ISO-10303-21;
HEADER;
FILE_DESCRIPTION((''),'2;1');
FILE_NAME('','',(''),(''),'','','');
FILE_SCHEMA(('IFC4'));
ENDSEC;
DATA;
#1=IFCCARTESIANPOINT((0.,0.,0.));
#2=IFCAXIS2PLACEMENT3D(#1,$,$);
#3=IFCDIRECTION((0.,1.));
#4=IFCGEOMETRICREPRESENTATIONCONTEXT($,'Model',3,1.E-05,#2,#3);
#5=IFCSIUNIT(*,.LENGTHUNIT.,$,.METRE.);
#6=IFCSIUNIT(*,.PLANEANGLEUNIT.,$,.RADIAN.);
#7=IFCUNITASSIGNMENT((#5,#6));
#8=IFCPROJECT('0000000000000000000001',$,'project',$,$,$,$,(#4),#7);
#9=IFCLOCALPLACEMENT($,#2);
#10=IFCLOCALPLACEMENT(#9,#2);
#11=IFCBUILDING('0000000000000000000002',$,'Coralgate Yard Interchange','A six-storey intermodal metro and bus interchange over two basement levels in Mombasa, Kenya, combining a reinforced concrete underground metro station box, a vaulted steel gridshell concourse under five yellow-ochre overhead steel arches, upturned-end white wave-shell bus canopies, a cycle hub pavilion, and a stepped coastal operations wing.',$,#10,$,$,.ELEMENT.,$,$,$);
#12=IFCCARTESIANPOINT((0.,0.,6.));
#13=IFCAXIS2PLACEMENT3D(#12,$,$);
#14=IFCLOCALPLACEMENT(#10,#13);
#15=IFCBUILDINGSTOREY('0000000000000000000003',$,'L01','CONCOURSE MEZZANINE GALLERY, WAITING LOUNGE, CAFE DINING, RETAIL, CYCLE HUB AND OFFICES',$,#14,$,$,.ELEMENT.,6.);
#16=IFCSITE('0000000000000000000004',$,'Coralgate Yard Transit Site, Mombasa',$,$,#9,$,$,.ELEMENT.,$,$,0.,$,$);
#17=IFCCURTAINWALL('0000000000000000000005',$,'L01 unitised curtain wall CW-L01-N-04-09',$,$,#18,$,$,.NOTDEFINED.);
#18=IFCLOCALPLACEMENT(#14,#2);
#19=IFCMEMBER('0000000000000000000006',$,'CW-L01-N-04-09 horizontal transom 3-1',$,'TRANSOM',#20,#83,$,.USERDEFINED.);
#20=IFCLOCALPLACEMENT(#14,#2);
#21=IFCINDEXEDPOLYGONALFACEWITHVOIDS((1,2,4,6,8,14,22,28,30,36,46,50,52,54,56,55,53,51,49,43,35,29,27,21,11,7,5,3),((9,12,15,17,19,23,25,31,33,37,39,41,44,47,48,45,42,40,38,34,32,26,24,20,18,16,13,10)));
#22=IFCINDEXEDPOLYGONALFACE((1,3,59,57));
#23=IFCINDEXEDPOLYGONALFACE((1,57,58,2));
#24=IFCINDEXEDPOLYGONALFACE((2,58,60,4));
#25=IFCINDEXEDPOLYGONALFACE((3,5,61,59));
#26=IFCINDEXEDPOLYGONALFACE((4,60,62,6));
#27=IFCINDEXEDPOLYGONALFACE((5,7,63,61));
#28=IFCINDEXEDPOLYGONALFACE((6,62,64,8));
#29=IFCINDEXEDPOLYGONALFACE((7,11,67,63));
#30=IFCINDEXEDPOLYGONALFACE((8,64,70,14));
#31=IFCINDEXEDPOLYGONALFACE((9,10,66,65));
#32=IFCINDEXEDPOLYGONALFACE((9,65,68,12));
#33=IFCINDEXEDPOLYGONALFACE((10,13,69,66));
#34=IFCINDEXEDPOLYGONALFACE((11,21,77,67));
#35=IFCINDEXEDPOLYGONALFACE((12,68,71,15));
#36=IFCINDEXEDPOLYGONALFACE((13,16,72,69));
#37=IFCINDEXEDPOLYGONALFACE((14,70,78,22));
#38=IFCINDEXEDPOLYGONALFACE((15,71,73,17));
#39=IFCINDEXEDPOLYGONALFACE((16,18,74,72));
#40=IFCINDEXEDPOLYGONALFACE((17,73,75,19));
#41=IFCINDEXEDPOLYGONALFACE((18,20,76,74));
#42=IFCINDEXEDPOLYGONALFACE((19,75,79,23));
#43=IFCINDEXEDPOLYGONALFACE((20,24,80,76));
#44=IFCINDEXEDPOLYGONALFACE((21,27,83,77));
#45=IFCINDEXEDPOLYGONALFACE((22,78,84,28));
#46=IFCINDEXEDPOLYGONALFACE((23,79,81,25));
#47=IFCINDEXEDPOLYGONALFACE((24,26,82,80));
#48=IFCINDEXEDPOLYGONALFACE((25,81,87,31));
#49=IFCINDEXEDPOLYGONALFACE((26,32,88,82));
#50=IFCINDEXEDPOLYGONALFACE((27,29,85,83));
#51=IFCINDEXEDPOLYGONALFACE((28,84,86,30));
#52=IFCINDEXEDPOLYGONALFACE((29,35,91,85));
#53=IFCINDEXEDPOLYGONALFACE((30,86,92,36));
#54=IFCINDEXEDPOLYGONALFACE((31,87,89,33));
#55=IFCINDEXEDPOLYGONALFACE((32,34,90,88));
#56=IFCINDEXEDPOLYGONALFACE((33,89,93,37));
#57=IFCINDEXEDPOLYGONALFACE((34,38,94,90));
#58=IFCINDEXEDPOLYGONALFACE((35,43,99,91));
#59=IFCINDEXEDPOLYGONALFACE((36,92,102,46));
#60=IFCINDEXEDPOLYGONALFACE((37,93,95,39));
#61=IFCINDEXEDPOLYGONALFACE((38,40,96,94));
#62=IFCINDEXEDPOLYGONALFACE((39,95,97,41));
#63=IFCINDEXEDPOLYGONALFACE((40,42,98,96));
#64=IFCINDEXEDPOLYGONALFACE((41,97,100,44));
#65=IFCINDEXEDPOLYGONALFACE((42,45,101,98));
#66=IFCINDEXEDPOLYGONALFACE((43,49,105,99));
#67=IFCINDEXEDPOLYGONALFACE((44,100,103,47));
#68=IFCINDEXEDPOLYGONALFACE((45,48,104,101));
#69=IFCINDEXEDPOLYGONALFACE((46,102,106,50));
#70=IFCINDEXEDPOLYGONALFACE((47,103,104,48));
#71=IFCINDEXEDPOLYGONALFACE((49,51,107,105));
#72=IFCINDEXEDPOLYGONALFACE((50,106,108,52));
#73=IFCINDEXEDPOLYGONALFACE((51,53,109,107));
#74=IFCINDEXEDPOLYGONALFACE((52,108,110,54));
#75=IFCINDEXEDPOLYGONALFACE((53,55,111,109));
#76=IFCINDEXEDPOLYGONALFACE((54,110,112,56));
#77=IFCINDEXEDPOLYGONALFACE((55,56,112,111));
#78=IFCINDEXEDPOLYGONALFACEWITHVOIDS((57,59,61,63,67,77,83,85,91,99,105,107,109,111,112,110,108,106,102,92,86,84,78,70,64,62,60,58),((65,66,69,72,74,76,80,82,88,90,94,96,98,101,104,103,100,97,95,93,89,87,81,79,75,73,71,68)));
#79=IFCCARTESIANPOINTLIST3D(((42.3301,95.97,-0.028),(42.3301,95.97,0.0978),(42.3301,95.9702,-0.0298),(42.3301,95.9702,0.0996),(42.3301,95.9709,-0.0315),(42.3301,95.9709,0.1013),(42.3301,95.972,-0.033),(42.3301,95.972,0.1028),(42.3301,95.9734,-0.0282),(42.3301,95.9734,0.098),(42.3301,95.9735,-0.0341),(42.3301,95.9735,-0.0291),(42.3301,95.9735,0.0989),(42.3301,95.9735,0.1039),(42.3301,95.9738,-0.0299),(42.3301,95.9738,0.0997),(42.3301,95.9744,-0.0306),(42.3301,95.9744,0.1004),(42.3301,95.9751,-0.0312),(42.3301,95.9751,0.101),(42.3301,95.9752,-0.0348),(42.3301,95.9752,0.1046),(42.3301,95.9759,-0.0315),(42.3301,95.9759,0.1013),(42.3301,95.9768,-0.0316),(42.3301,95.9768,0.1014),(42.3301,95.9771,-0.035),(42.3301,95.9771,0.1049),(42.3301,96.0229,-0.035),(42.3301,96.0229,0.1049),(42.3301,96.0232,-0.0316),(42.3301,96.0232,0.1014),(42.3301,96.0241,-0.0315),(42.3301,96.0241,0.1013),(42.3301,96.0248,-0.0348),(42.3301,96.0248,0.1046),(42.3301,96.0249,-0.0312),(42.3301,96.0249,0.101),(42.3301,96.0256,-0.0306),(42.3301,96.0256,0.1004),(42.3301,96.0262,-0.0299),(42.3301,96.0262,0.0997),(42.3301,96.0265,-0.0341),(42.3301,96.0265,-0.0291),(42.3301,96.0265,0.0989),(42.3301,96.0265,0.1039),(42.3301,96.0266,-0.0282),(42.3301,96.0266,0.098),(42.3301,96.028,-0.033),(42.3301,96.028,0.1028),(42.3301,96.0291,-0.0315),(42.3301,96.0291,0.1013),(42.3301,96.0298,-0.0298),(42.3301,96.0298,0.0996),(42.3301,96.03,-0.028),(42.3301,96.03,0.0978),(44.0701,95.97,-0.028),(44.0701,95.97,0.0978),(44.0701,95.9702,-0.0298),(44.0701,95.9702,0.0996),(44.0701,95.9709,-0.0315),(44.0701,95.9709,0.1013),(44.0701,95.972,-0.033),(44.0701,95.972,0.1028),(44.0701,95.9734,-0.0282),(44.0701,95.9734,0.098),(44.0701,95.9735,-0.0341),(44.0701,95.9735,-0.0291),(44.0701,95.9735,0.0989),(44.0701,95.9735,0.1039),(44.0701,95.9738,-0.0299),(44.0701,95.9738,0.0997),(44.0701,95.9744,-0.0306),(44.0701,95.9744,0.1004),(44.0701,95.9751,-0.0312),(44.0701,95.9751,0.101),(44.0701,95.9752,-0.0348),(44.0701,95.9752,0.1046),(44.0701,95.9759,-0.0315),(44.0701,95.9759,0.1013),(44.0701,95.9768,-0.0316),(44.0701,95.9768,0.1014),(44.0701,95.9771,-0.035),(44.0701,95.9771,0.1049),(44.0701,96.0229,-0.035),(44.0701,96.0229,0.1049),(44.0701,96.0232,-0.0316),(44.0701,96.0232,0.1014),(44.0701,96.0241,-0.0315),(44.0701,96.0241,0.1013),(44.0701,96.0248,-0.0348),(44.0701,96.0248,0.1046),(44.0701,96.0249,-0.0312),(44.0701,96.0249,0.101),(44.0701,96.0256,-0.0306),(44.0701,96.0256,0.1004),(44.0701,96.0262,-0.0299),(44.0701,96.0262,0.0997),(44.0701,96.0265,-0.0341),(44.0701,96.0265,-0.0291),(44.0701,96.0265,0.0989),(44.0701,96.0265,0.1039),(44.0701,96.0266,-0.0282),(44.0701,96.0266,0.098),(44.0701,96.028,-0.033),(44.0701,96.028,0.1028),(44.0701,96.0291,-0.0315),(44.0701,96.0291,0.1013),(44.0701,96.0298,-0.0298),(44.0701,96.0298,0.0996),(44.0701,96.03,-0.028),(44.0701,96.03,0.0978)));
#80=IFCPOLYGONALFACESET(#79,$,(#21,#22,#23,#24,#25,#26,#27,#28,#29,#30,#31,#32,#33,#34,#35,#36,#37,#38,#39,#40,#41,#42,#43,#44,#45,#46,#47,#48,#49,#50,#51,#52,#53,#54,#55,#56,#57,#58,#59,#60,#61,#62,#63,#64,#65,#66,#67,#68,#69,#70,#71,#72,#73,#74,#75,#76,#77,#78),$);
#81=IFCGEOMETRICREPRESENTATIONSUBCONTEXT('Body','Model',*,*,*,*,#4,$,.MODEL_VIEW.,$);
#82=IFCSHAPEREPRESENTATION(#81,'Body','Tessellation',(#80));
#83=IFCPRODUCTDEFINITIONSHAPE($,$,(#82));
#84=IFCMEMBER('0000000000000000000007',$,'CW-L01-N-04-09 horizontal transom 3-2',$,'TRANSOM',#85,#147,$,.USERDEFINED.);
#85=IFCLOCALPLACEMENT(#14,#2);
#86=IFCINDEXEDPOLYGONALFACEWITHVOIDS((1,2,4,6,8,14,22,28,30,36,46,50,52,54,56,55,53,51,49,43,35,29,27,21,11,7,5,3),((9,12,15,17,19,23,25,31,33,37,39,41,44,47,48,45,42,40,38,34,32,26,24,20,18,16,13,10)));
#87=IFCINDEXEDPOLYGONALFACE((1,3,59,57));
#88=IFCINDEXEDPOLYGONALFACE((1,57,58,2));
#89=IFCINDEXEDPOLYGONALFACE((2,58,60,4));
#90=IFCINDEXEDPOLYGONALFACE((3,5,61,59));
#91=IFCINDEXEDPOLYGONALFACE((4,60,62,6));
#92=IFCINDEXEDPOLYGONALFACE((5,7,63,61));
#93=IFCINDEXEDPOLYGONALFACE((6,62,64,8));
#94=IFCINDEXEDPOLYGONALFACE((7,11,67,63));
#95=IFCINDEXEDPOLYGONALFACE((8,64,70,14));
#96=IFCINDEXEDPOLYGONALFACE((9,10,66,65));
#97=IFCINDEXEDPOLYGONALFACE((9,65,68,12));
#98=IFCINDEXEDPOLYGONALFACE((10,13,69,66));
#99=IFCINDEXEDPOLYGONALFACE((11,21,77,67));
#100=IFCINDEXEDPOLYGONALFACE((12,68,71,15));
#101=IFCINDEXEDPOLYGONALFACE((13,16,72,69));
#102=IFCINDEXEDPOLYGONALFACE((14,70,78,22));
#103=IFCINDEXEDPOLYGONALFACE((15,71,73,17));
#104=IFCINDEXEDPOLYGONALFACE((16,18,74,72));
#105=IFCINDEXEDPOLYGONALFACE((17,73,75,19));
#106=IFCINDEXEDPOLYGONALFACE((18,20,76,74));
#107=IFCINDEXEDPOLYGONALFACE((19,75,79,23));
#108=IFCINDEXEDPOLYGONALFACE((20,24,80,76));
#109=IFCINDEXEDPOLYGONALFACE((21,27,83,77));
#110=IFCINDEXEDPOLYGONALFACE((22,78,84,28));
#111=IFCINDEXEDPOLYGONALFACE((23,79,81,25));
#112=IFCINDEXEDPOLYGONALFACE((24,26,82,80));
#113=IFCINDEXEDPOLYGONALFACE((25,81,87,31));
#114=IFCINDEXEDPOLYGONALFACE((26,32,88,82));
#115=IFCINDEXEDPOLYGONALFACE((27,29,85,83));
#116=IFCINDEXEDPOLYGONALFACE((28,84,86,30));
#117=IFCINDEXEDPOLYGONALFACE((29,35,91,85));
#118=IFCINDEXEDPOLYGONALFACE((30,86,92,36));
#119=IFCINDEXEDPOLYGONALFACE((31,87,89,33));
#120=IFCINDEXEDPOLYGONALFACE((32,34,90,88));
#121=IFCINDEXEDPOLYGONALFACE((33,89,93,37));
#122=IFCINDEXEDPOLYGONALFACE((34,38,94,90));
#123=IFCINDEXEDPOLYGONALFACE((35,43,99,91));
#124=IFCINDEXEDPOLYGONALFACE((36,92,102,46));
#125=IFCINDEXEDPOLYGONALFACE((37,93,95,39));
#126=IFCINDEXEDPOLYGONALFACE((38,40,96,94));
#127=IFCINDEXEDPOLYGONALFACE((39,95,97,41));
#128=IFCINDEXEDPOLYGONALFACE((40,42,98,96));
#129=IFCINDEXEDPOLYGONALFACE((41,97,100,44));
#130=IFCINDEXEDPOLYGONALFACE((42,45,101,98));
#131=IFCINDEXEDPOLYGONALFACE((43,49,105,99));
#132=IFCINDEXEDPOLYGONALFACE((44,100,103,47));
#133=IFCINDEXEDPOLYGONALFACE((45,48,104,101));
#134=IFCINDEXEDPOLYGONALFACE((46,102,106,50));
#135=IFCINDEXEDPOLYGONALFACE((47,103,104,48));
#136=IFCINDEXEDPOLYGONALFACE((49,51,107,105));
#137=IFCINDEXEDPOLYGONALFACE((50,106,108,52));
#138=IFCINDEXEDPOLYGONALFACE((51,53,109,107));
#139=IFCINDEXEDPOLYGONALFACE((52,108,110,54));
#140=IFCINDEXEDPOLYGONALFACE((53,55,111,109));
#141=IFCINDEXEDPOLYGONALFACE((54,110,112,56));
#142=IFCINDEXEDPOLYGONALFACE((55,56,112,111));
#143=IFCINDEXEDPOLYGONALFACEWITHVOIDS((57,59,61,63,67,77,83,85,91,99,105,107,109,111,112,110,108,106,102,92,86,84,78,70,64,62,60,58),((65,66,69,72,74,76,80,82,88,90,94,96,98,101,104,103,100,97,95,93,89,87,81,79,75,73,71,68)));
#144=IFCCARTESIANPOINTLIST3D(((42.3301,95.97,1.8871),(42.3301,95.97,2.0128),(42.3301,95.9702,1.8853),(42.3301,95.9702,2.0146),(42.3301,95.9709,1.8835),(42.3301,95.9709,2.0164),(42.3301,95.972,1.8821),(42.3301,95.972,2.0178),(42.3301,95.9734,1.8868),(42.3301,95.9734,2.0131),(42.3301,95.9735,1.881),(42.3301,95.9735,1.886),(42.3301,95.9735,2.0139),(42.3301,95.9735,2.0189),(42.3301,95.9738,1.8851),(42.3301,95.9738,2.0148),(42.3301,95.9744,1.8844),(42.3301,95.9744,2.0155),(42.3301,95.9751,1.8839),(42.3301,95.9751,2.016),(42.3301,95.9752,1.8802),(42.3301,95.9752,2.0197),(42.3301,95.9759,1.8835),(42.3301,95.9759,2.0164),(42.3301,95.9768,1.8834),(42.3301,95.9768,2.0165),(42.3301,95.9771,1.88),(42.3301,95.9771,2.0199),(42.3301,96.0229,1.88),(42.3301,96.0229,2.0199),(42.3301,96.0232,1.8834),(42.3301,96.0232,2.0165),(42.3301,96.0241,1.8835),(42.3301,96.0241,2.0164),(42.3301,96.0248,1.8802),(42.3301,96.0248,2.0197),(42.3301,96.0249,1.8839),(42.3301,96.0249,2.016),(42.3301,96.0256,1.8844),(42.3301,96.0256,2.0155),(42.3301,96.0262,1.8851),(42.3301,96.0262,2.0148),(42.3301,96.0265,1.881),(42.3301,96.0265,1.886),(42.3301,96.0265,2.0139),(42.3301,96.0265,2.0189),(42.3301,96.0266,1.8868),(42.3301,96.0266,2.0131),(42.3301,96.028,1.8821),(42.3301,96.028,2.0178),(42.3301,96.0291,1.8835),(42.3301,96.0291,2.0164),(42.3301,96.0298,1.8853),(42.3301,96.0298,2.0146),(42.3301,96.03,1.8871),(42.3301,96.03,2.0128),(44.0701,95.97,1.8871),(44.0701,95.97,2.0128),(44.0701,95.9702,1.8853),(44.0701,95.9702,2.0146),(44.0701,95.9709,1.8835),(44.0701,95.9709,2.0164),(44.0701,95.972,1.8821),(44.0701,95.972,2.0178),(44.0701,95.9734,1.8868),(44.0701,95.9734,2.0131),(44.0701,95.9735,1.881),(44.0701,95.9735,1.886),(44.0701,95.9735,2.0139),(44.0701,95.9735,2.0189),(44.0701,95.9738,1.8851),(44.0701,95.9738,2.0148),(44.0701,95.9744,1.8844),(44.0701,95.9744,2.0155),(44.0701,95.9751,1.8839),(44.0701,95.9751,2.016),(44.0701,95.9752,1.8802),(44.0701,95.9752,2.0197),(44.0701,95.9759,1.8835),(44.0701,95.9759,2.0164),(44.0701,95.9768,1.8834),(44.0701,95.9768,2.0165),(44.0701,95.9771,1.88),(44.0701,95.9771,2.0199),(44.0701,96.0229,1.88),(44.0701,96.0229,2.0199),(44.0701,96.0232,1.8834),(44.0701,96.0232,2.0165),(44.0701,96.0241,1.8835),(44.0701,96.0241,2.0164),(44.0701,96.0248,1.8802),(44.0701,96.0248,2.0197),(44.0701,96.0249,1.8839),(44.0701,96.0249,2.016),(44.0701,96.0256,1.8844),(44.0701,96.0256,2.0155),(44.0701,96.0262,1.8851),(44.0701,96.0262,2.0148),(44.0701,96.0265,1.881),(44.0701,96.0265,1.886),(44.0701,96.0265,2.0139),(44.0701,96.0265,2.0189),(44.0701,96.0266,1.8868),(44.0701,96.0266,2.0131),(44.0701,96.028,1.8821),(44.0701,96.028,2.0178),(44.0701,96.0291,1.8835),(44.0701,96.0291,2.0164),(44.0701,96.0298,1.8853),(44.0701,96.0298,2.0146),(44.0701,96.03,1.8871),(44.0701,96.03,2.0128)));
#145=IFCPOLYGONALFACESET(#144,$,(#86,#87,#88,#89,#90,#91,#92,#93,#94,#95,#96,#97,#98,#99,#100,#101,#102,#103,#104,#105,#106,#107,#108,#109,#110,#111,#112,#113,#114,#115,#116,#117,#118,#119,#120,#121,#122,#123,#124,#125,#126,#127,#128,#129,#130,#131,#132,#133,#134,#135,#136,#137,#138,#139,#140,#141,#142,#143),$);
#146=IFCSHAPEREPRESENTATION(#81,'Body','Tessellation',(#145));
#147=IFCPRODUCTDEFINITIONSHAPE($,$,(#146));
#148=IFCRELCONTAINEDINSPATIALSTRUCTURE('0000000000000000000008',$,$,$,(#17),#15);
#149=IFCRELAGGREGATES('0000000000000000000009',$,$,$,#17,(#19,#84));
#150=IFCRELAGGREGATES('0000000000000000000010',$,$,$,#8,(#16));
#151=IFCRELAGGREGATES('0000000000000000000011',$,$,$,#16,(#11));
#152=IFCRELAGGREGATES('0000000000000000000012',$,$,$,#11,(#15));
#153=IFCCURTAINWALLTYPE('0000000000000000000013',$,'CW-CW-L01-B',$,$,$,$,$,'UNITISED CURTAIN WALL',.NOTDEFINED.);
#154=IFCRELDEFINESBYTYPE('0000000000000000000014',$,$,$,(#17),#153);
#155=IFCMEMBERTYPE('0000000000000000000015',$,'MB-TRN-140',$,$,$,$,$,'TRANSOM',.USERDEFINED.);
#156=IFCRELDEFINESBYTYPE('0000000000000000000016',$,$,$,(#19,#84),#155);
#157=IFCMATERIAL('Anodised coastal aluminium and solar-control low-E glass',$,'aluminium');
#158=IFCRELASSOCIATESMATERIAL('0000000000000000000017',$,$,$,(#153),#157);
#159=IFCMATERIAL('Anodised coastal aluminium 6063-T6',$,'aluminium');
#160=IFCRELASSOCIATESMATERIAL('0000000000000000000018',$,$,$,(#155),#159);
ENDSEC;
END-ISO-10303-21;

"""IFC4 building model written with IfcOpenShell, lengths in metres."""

from ifc_helpers import new_model, si_unit, direction, frame, origin, origin_2d, place, context, subcontext, project, spatial, hollow_rectangle, extrude, material, material_profile, profile_set, type_object, element, aggregate, save


model = new_model("IFC4")

# Units and contexts
model_context = context("Model", 3, precision=1e-05, world=origin(), true_north=direction((0.0, 1.0)))
body_context = subcontext(model_context, "Body", "Model", "MODEL_VIEW")
ifc_project = project(units=[si_unit("LENGTHUNIT", "METRE"), si_unit("PLANEANGLEUNIT", "RADIAN")], contexts=[model_context])

# Site, building, storey
site_placement = place(None, origin())
site = spatial("IfcSite", under=ifc_project, at=site_placement, Name="Coralgate Yard Transit Site, Mombasa", CompositionType="ELEMENT", RefElevation=0.0)
building_placement = place(site_placement, origin())
building = spatial("IfcBuilding", under=site, at=building_placement, Name="Coralgate Yard Interchange", Description="A six-storey intermodal metro and bus interchange over two basement levels in Mombasa, Kenya, combining a reinforced concrete underground metro station box, a vaulted steel gridshell concourse under five yellow-ochre overhead steel arches, upturned-end white wave-shell bus canopies, a cycle hub pavilion, and a stepped coastal operations wing.", CompositionType="ELEMENT")
storey_placement = place(building_placement, frame((0.0, 0.0, 6.0)))
storey = spatial("IfcBuildingStorey", under=building, at=storey_placement, Name="L01", Description="CONCOURSE MEZZANINE GALLERY, WAITING LOUNGE, CAFE DINING, RETAIL, CYCLE HUB AND OFFICES", CompositionType="ELEMENT", Elevation=6.0)

# Shared definitions
ifc_material_1 = material(Name="Anodised coastal aluminium and solar-control low-E glass", Category="aluminium")
ifc_material_2 = material(Name="Anodised coastal aluminium 6063-T6", Category="aluminium")

# Curtain wall
curtain_wall_type_1 = type_object("IfcCurtainWallType", Name="CW-CW-L01-B", ElementType="UNITISED CURTAIN WALL", PredefinedType="NOTDEFINED", material=ifc_material_1)
curtain_wall_1_placement = place(storey_placement, origin())
curtain_wall_1 = element("IfcCurtainWall", 1, at=curtain_wall_1_placement, inside=storey, type_object=curtain_wall_type_1, Name="L01 unitised curtain wall CW-L01-N-04-09", PredefinedType="NOTDEFINED")

# Members
ifc_material_profile_1 = material_profile(ifc_material_2, hollow_rectangle(XDim=0.0601, YDim=0.1399, WallThickness=0.0034, InnerFilletRadius=0.0034, OuterFilletRadius=0.0071, at=origin_2d()), Name="ALU 60x140x3.5")
ifc_profile_set_1 = profile_set([ifc_material_profile_1], Name="Anodised coastal aluminium 6063-T6")
member_type_1 = type_object("IfcMemberType", Name="MB-TRN-140", ElementType="TRANSOM", PredefinedType="USERDEFINED", material=ifc_profile_set_1)
member_1_placement = place(storey_placement, frame((42.3301, 96.0, 0.0349), z_axis=(1.0, 0.0, 0.0), x_axis=(0.0, 1.0, 0.0)))
member_1 = element("IfcMember", 2, at=member_1_placement, type_object=member_type_1, Name="CW-L01-N-04-09 horizontal transom 3-1", ObjectType="TRANSOM", PredefinedType="USERDEFINED", context=body_context, shape_type="SweptSolid", body=[
    extrude(hollow_rectangle(XDim=0.0601, YDim=0.1399, WallThickness=0.0034, InnerFilletRadius=0.0034, OuterFilletRadius=0.0071, at=origin_2d()), origin(), (0.0, 0.0, 1.0), 1.74),
])
member_2_placement = place(storey_placement, frame((42.3301, 96.0, 1.95), z_axis=(1.0, 0.0, 0.0), x_axis=(0.0, 1.0, 0.0)))
member_2 = element("IfcMember", 3, at=member_2_placement, type_object=member_type_1, Name="CW-L01-N-04-09 horizontal transom 3-2", ObjectType="TRANSOM", PredefinedType="USERDEFINED", context=body_context, shape_type="SweptSolid", body=[
    extrude(hollow_rectangle(XDim=0.0601, YDim=0.1399, WallThickness=0.0034, InnerFilletRadius=0.0034, OuterFilletRadius=0.0071, at=origin_2d()), origin(), (0.0, 0.0, 1.0), 1.74),
])

aggregate(curtain_wall_1, [member_1, member_2])

save(model, "model.ifc")
